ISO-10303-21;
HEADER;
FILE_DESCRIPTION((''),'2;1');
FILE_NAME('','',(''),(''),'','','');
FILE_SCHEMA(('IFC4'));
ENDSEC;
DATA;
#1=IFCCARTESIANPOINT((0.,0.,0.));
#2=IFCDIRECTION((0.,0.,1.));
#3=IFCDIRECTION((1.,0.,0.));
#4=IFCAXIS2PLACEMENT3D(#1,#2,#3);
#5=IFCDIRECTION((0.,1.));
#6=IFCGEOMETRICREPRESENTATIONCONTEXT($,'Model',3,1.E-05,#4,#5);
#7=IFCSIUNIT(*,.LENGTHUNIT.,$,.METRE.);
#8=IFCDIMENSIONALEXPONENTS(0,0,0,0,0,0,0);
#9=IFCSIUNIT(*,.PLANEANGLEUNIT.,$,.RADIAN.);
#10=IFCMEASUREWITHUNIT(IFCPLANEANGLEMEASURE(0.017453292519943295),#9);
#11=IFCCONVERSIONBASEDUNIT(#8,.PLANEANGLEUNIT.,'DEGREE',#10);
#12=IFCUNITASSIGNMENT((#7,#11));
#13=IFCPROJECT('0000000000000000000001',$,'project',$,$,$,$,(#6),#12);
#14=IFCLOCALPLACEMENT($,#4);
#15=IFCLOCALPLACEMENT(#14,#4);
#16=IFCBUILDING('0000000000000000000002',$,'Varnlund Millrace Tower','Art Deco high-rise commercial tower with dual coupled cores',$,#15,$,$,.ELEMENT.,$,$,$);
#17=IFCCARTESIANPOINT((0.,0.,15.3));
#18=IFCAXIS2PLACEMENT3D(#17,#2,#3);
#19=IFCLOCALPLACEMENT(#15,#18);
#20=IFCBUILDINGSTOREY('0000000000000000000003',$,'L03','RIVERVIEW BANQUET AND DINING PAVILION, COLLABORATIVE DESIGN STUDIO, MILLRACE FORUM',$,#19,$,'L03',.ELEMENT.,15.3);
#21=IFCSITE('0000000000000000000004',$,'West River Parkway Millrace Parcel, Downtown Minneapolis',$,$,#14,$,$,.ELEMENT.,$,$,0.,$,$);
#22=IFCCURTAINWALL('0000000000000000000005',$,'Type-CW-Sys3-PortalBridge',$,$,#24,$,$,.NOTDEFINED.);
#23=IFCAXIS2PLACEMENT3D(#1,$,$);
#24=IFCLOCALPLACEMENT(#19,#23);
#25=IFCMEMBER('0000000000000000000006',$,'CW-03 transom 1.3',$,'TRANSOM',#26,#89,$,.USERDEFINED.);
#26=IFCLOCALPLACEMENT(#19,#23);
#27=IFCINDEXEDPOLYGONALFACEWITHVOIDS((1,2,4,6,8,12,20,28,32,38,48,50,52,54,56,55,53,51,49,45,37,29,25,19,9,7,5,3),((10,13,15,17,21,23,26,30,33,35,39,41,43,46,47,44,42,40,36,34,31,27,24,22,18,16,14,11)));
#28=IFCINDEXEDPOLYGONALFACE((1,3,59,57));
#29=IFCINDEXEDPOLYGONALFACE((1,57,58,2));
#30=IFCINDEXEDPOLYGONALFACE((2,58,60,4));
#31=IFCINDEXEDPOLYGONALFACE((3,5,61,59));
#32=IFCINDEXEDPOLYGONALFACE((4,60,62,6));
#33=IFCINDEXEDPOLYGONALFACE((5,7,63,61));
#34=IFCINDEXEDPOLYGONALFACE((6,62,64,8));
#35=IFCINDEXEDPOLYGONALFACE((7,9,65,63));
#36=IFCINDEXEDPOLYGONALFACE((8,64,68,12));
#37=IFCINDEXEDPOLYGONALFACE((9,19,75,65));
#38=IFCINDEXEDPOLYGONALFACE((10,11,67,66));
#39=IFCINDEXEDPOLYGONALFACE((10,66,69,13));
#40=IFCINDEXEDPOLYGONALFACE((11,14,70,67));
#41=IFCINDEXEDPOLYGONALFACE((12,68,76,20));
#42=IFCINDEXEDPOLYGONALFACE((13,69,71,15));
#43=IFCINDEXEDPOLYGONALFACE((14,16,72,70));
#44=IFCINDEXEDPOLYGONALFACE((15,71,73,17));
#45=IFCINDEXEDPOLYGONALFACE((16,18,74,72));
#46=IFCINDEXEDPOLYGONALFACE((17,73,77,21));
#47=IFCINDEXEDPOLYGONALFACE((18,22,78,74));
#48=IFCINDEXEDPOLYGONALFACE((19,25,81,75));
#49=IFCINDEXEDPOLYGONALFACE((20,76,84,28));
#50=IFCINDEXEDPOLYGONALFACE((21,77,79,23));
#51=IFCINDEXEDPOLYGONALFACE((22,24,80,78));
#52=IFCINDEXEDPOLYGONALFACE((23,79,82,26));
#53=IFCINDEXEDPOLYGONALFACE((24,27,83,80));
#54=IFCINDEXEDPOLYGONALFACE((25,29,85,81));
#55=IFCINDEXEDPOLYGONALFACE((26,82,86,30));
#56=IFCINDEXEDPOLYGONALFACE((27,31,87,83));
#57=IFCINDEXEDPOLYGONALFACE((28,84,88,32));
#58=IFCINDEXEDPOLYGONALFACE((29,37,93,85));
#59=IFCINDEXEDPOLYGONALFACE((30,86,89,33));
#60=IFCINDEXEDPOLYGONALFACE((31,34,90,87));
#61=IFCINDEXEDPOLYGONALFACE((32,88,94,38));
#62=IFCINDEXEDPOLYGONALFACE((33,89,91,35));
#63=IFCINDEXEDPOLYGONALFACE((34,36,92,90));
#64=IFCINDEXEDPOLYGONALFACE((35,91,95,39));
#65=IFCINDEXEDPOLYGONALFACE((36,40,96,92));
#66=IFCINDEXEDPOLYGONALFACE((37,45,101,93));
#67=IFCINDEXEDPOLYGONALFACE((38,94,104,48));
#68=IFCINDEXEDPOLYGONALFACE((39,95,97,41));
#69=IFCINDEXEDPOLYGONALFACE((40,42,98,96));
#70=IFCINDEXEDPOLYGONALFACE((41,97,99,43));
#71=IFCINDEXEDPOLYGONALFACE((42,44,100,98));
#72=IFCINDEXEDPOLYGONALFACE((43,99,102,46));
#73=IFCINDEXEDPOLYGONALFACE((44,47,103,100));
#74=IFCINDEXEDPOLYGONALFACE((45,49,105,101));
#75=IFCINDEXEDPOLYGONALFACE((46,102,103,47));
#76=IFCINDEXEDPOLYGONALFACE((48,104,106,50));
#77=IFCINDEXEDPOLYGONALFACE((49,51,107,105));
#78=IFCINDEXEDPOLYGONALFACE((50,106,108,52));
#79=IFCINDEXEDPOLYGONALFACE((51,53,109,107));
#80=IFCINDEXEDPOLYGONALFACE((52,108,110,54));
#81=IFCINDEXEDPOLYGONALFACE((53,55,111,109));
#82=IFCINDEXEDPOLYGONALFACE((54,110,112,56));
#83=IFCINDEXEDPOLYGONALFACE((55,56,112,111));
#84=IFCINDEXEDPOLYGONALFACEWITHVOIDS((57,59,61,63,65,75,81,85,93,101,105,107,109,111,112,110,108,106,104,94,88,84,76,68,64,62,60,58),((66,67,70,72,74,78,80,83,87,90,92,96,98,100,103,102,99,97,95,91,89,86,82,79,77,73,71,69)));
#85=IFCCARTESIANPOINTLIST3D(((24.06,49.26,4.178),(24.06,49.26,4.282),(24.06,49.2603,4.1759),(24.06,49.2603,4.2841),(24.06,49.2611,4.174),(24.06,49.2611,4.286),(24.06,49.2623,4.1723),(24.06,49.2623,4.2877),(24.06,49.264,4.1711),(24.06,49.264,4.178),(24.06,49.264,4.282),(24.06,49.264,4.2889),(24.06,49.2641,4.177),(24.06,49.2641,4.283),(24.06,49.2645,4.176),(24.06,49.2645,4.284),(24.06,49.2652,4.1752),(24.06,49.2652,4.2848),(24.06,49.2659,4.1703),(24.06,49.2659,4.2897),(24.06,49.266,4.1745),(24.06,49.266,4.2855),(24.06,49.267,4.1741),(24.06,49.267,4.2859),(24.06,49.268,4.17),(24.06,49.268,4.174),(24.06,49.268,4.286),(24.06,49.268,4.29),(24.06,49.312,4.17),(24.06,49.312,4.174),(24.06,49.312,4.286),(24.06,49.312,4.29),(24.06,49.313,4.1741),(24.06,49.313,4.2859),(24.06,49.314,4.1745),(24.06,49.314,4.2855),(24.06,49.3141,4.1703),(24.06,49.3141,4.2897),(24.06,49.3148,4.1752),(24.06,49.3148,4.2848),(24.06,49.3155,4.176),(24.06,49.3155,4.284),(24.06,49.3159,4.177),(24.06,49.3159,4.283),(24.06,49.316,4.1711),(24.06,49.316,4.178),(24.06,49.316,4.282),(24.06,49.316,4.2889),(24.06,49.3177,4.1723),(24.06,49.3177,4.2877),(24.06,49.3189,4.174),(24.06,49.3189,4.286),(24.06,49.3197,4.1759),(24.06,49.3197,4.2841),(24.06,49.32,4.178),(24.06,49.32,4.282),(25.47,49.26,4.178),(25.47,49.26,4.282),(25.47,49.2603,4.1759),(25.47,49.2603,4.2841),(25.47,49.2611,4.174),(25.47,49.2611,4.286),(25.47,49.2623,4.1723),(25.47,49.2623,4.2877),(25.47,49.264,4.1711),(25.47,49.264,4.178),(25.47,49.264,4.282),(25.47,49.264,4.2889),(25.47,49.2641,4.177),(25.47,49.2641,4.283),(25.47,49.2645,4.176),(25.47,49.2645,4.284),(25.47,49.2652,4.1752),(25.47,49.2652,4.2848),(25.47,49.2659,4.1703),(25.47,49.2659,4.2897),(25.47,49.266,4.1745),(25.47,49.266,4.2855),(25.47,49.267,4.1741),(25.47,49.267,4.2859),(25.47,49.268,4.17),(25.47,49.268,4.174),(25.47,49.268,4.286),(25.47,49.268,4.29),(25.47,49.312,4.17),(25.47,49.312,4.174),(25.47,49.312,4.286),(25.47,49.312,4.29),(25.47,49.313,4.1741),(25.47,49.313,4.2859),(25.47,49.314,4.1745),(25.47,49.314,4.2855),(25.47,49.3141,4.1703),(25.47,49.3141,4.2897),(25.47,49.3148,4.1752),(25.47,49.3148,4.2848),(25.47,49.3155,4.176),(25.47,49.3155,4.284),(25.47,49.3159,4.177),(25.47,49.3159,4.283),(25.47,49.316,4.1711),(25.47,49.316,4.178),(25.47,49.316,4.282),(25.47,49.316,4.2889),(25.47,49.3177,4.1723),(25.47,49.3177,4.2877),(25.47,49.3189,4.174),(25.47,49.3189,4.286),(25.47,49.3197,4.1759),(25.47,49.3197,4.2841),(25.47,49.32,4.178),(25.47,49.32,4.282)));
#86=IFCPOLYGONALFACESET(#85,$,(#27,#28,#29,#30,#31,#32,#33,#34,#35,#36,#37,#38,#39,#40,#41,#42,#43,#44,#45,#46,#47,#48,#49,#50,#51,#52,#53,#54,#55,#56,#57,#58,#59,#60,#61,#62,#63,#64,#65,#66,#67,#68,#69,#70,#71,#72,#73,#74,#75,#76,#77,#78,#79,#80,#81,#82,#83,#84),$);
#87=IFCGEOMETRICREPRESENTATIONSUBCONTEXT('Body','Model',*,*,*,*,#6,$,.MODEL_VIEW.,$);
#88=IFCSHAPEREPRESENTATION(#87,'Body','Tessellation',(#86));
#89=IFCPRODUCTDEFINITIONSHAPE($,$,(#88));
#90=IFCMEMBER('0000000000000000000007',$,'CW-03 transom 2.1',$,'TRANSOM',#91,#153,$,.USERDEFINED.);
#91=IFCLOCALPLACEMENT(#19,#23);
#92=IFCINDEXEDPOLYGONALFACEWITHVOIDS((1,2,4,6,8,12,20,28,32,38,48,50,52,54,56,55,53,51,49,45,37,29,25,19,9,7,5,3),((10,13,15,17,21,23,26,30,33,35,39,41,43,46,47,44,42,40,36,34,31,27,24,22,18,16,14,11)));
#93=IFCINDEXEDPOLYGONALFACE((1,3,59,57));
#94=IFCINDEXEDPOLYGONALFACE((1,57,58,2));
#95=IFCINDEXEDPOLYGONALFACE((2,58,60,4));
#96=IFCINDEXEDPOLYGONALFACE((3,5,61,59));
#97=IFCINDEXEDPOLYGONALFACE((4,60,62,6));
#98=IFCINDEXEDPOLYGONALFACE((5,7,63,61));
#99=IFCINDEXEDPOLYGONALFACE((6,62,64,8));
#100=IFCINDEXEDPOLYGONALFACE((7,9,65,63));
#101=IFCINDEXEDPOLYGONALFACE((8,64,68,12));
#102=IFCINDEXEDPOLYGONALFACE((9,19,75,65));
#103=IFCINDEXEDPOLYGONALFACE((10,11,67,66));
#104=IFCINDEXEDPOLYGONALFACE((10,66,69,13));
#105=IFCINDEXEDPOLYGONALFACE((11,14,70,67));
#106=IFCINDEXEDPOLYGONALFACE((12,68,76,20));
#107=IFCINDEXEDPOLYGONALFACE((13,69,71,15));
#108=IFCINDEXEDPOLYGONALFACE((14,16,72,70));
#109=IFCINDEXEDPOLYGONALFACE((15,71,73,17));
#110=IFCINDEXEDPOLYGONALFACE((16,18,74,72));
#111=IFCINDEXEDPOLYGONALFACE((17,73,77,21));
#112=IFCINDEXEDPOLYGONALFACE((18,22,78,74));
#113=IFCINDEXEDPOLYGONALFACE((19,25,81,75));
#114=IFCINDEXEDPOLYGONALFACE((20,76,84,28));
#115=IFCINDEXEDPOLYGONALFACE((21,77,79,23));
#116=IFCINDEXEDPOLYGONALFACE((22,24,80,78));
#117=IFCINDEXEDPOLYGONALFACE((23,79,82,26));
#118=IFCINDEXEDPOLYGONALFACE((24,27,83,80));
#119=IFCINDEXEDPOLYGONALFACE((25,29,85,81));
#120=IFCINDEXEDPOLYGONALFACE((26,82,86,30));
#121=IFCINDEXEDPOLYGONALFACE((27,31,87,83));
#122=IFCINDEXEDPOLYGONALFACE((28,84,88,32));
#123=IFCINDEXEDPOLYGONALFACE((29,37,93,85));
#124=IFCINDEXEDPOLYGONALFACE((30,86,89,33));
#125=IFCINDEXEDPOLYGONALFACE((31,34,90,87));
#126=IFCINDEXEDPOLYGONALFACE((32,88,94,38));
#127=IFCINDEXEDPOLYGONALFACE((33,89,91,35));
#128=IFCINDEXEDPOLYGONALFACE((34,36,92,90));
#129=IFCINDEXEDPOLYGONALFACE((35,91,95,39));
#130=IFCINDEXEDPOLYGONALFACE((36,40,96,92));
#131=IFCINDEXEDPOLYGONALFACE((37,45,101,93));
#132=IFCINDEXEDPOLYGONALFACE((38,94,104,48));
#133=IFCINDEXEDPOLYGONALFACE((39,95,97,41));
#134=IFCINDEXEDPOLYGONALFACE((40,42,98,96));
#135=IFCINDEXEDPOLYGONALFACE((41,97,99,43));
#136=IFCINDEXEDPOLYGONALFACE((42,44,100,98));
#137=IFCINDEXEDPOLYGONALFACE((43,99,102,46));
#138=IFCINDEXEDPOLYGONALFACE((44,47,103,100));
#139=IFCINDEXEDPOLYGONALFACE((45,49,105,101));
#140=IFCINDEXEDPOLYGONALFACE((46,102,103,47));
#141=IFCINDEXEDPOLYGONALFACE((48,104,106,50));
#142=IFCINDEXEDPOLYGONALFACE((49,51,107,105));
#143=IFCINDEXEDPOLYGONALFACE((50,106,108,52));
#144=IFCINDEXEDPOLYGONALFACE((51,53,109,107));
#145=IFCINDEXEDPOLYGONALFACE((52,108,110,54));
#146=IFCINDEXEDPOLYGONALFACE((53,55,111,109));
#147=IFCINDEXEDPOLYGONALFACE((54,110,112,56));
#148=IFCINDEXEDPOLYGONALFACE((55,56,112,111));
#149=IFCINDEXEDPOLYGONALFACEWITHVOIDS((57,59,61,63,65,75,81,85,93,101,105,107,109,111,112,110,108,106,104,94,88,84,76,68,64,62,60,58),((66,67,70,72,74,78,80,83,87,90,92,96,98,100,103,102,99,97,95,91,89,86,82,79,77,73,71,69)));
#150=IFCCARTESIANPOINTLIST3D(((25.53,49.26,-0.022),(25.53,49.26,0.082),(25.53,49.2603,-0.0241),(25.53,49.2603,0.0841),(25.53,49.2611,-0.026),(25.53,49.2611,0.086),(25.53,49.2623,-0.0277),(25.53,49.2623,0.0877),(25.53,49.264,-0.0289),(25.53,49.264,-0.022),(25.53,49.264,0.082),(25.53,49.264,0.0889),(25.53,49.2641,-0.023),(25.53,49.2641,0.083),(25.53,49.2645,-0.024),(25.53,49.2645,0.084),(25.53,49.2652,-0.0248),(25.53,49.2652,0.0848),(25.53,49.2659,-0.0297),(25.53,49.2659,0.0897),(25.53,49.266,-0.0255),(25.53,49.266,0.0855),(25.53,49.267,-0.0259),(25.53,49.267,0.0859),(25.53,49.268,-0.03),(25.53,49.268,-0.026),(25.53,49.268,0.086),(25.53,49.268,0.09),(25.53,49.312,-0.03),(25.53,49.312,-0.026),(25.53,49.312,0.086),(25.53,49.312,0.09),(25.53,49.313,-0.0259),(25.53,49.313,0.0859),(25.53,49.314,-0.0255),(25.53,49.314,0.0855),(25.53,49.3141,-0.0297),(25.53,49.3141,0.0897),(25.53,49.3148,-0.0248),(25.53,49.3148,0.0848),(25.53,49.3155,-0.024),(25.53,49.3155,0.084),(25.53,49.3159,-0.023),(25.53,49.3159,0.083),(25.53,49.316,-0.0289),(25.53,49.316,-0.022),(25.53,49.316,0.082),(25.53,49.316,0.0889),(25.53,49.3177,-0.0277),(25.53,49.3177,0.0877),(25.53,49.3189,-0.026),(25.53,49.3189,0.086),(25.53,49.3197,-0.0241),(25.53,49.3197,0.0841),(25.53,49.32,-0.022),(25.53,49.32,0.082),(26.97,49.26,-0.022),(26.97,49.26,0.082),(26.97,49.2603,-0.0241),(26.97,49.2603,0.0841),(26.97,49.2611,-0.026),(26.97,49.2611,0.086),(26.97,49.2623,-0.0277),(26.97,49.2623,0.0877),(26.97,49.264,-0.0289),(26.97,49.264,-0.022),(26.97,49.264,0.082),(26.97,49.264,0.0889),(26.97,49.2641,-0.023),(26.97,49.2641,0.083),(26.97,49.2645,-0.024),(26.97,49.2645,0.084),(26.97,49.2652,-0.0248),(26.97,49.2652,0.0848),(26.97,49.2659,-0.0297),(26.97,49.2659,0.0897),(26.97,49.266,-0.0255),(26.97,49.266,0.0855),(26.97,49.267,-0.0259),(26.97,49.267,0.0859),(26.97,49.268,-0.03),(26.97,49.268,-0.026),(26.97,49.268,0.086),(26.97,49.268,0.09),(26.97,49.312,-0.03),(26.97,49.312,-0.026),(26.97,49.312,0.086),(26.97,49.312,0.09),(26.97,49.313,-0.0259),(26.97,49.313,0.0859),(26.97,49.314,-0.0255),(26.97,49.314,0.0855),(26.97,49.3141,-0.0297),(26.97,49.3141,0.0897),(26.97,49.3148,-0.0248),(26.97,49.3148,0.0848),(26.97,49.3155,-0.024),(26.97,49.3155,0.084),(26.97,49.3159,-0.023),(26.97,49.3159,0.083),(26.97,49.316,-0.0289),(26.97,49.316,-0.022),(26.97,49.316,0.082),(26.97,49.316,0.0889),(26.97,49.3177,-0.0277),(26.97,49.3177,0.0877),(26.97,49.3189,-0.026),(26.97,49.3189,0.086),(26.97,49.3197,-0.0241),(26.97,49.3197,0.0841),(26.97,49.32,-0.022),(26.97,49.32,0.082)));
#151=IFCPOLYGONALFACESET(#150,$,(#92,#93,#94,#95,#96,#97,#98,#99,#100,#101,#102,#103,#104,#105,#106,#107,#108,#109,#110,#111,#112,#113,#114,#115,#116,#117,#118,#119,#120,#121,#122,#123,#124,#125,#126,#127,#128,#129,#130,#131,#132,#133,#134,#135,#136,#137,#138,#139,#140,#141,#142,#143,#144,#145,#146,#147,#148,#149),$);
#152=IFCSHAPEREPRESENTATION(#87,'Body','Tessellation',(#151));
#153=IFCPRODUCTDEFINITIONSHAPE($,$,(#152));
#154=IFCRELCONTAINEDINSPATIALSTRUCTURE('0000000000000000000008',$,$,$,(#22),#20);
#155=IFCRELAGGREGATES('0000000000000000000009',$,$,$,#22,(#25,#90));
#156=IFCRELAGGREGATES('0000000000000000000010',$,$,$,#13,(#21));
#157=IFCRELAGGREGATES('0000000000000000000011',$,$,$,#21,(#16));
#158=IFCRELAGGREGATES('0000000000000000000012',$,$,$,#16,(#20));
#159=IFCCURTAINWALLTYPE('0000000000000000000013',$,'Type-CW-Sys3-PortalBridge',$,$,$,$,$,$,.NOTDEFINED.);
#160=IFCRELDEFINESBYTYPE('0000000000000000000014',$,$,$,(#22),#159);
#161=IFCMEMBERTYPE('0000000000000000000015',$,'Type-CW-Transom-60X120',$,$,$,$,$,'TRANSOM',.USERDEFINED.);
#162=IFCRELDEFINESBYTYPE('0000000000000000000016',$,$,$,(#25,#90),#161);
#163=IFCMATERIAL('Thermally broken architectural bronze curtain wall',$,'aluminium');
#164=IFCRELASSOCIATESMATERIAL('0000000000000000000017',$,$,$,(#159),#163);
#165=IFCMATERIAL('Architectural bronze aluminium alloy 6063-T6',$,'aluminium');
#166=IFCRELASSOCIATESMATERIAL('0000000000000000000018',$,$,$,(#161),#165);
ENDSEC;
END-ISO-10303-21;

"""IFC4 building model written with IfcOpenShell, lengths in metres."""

from ifc_helpers import new_model, entity, si_unit, converted_unit, direction, frame, origin_with_axes, origin_2d_with_axis, place, context, subcontext, project, spatial, hollow_rectangle, extrude, material, material_profile, profile_set, type_object, element, aggregate, save


model = new_model("IFC4")

# Units and contexts
model_context = context("Model", 3, precision=1e-05, world=origin_with_axes(), true_north=direction((0.0, 1.0)))
body_context = subcontext(model_context, "Body", "Model", "MODEL_VIEW")
ifc_project = project(units=[si_unit("LENGTHUNIT", "METRE"), converted_unit("PLANEANGLEUNIT", "DEGREE", entity("IfcPlaneAngleMeasure", 0.017453292519943295), si_unit("PLANEANGLEUNIT", "RADIAN"), dimensions=[0, 0, 0, 0, 0, 0, 0])], contexts=[model_context])

# Site, building, storey
site_placement = place(None, origin_with_axes())
site = spatial("IfcSite", under=ifc_project, at=site_placement, Name="West River Parkway Millrace Parcel, Downtown Minneapolis", CompositionType="ELEMENT", RefElevation=0.0)
building_placement = place(site_placement, origin_with_axes())
building = spatial("IfcBuilding", under=site, at=building_placement, Name="Varnlund Millrace Tower", Description="Art Deco high-rise commercial tower with dual coupled cores", CompositionType="ELEMENT")
storey_placement = place(building_placement, frame((0.0, 0.0, 15.3), z_axis=(0.0, 0.0, 1.0), x_axis=(1.0, 0.0, 0.0)))
storey = spatial("IfcBuildingStorey", under=building, at=storey_placement, Name="L03", Description="RIVERVIEW BANQUET AND DINING PAVILION, COLLABORATIVE DESIGN STUDIO, MILLRACE FORUM", LongName="L03", CompositionType="ELEMENT", Elevation=15.3)

# Curtain wall, members
ifc_material_1 = material(Name="Thermally broken architectural bronze curtain wall", Category="aluminium")
curtain_wall_type = type_object("IfcCurtainWallType", Name="Type-CW-Sys3-PortalBridge", PredefinedType="NOTDEFINED", material=ifc_material_1)
curtain_wall_placement = place(storey_placement, frame((24.0, 49.29, 0.0), z_axis=(0.0, 0.0, 1.0), x_axis=(1.0, 0.0, 0.0)))
curtain_wall = element("IfcCurtainWall", 1, at=curtain_wall_placement, inside=storey, type_object=curtain_wall_type, Name="Type-CW-Sys3-PortalBridge", PredefinedType="NOTDEFINED")
ifc_material_2 = material(Name="Architectural bronze aluminium alloy 6063-T6", Category="aluminium")
ifc_material_profile_1 = material_profile(ifc_material_2, hollow_rectangle(XDim=0.06, YDim=0.12, WallThickness=0.004, InnerFilletRadius=0.004, OuterFilletRadius=0.008, at=origin_2d_with_axis()), Name="Architectural bronze aluminium alloy 6063-T6")
ifc_profile_set_1 = profile_set([ifc_material_profile_1], Name="Architectural bronze aluminium alloy 6063-T6")
member_type_1 = type_object("IfcMemberType", Name="Type-CW-Transom-60X120", ElementType="TRANSOM", PredefinedType="USERDEFINED", material=ifc_profile_set_1)
member_1_placement = place(storey_placement, frame((24.06, 49.29, 4.23), z_axis=(1.0, 0.0, 0.0), x_axis=(0.0, 1.0, 0.0)))
member_1 = element("IfcMember", 2, at=member_1_placement, type_object=member_type_1, Name="CW-03 transom 1.3", ObjectType="TRANSOM", PredefinedType="USERDEFINED", context=body_context, shape_type="SweptSolid", body=[
    extrude(hollow_rectangle(XDim=0.06, YDim=0.12, WallThickness=0.004, InnerFilletRadius=0.004, OuterFilletRadius=0.008, at=origin_2d_with_axis()), origin_with_axes(), (0.0, 0.0, 1.0), 1.41),
])
member_2_placement = place(storey_placement, frame((25.53, 49.29, 0.03), z_axis=(1.0, 0.0, 0.0), x_axis=(0.0, 1.0, 0.0)))
member_2 = element("IfcMember", 3, at=member_2_placement, type_object=member_type_1, Name="CW-03 transom 2.1", ObjectType="TRANSOM", PredefinedType="USERDEFINED", context=body_context, shape_type="SweptSolid", body=[
    extrude(hollow_rectangle(XDim=0.06, YDim=0.12, WallThickness=0.004, InnerFilletRadius=0.004, OuterFilletRadius=0.008, at=origin_2d_with_axis()), origin_with_axes(), (0.0, 0.0, 1.0), 1.44),
])

aggregate(curtain_wall, [member_1, member_2])

save(model, "model.ifc")
